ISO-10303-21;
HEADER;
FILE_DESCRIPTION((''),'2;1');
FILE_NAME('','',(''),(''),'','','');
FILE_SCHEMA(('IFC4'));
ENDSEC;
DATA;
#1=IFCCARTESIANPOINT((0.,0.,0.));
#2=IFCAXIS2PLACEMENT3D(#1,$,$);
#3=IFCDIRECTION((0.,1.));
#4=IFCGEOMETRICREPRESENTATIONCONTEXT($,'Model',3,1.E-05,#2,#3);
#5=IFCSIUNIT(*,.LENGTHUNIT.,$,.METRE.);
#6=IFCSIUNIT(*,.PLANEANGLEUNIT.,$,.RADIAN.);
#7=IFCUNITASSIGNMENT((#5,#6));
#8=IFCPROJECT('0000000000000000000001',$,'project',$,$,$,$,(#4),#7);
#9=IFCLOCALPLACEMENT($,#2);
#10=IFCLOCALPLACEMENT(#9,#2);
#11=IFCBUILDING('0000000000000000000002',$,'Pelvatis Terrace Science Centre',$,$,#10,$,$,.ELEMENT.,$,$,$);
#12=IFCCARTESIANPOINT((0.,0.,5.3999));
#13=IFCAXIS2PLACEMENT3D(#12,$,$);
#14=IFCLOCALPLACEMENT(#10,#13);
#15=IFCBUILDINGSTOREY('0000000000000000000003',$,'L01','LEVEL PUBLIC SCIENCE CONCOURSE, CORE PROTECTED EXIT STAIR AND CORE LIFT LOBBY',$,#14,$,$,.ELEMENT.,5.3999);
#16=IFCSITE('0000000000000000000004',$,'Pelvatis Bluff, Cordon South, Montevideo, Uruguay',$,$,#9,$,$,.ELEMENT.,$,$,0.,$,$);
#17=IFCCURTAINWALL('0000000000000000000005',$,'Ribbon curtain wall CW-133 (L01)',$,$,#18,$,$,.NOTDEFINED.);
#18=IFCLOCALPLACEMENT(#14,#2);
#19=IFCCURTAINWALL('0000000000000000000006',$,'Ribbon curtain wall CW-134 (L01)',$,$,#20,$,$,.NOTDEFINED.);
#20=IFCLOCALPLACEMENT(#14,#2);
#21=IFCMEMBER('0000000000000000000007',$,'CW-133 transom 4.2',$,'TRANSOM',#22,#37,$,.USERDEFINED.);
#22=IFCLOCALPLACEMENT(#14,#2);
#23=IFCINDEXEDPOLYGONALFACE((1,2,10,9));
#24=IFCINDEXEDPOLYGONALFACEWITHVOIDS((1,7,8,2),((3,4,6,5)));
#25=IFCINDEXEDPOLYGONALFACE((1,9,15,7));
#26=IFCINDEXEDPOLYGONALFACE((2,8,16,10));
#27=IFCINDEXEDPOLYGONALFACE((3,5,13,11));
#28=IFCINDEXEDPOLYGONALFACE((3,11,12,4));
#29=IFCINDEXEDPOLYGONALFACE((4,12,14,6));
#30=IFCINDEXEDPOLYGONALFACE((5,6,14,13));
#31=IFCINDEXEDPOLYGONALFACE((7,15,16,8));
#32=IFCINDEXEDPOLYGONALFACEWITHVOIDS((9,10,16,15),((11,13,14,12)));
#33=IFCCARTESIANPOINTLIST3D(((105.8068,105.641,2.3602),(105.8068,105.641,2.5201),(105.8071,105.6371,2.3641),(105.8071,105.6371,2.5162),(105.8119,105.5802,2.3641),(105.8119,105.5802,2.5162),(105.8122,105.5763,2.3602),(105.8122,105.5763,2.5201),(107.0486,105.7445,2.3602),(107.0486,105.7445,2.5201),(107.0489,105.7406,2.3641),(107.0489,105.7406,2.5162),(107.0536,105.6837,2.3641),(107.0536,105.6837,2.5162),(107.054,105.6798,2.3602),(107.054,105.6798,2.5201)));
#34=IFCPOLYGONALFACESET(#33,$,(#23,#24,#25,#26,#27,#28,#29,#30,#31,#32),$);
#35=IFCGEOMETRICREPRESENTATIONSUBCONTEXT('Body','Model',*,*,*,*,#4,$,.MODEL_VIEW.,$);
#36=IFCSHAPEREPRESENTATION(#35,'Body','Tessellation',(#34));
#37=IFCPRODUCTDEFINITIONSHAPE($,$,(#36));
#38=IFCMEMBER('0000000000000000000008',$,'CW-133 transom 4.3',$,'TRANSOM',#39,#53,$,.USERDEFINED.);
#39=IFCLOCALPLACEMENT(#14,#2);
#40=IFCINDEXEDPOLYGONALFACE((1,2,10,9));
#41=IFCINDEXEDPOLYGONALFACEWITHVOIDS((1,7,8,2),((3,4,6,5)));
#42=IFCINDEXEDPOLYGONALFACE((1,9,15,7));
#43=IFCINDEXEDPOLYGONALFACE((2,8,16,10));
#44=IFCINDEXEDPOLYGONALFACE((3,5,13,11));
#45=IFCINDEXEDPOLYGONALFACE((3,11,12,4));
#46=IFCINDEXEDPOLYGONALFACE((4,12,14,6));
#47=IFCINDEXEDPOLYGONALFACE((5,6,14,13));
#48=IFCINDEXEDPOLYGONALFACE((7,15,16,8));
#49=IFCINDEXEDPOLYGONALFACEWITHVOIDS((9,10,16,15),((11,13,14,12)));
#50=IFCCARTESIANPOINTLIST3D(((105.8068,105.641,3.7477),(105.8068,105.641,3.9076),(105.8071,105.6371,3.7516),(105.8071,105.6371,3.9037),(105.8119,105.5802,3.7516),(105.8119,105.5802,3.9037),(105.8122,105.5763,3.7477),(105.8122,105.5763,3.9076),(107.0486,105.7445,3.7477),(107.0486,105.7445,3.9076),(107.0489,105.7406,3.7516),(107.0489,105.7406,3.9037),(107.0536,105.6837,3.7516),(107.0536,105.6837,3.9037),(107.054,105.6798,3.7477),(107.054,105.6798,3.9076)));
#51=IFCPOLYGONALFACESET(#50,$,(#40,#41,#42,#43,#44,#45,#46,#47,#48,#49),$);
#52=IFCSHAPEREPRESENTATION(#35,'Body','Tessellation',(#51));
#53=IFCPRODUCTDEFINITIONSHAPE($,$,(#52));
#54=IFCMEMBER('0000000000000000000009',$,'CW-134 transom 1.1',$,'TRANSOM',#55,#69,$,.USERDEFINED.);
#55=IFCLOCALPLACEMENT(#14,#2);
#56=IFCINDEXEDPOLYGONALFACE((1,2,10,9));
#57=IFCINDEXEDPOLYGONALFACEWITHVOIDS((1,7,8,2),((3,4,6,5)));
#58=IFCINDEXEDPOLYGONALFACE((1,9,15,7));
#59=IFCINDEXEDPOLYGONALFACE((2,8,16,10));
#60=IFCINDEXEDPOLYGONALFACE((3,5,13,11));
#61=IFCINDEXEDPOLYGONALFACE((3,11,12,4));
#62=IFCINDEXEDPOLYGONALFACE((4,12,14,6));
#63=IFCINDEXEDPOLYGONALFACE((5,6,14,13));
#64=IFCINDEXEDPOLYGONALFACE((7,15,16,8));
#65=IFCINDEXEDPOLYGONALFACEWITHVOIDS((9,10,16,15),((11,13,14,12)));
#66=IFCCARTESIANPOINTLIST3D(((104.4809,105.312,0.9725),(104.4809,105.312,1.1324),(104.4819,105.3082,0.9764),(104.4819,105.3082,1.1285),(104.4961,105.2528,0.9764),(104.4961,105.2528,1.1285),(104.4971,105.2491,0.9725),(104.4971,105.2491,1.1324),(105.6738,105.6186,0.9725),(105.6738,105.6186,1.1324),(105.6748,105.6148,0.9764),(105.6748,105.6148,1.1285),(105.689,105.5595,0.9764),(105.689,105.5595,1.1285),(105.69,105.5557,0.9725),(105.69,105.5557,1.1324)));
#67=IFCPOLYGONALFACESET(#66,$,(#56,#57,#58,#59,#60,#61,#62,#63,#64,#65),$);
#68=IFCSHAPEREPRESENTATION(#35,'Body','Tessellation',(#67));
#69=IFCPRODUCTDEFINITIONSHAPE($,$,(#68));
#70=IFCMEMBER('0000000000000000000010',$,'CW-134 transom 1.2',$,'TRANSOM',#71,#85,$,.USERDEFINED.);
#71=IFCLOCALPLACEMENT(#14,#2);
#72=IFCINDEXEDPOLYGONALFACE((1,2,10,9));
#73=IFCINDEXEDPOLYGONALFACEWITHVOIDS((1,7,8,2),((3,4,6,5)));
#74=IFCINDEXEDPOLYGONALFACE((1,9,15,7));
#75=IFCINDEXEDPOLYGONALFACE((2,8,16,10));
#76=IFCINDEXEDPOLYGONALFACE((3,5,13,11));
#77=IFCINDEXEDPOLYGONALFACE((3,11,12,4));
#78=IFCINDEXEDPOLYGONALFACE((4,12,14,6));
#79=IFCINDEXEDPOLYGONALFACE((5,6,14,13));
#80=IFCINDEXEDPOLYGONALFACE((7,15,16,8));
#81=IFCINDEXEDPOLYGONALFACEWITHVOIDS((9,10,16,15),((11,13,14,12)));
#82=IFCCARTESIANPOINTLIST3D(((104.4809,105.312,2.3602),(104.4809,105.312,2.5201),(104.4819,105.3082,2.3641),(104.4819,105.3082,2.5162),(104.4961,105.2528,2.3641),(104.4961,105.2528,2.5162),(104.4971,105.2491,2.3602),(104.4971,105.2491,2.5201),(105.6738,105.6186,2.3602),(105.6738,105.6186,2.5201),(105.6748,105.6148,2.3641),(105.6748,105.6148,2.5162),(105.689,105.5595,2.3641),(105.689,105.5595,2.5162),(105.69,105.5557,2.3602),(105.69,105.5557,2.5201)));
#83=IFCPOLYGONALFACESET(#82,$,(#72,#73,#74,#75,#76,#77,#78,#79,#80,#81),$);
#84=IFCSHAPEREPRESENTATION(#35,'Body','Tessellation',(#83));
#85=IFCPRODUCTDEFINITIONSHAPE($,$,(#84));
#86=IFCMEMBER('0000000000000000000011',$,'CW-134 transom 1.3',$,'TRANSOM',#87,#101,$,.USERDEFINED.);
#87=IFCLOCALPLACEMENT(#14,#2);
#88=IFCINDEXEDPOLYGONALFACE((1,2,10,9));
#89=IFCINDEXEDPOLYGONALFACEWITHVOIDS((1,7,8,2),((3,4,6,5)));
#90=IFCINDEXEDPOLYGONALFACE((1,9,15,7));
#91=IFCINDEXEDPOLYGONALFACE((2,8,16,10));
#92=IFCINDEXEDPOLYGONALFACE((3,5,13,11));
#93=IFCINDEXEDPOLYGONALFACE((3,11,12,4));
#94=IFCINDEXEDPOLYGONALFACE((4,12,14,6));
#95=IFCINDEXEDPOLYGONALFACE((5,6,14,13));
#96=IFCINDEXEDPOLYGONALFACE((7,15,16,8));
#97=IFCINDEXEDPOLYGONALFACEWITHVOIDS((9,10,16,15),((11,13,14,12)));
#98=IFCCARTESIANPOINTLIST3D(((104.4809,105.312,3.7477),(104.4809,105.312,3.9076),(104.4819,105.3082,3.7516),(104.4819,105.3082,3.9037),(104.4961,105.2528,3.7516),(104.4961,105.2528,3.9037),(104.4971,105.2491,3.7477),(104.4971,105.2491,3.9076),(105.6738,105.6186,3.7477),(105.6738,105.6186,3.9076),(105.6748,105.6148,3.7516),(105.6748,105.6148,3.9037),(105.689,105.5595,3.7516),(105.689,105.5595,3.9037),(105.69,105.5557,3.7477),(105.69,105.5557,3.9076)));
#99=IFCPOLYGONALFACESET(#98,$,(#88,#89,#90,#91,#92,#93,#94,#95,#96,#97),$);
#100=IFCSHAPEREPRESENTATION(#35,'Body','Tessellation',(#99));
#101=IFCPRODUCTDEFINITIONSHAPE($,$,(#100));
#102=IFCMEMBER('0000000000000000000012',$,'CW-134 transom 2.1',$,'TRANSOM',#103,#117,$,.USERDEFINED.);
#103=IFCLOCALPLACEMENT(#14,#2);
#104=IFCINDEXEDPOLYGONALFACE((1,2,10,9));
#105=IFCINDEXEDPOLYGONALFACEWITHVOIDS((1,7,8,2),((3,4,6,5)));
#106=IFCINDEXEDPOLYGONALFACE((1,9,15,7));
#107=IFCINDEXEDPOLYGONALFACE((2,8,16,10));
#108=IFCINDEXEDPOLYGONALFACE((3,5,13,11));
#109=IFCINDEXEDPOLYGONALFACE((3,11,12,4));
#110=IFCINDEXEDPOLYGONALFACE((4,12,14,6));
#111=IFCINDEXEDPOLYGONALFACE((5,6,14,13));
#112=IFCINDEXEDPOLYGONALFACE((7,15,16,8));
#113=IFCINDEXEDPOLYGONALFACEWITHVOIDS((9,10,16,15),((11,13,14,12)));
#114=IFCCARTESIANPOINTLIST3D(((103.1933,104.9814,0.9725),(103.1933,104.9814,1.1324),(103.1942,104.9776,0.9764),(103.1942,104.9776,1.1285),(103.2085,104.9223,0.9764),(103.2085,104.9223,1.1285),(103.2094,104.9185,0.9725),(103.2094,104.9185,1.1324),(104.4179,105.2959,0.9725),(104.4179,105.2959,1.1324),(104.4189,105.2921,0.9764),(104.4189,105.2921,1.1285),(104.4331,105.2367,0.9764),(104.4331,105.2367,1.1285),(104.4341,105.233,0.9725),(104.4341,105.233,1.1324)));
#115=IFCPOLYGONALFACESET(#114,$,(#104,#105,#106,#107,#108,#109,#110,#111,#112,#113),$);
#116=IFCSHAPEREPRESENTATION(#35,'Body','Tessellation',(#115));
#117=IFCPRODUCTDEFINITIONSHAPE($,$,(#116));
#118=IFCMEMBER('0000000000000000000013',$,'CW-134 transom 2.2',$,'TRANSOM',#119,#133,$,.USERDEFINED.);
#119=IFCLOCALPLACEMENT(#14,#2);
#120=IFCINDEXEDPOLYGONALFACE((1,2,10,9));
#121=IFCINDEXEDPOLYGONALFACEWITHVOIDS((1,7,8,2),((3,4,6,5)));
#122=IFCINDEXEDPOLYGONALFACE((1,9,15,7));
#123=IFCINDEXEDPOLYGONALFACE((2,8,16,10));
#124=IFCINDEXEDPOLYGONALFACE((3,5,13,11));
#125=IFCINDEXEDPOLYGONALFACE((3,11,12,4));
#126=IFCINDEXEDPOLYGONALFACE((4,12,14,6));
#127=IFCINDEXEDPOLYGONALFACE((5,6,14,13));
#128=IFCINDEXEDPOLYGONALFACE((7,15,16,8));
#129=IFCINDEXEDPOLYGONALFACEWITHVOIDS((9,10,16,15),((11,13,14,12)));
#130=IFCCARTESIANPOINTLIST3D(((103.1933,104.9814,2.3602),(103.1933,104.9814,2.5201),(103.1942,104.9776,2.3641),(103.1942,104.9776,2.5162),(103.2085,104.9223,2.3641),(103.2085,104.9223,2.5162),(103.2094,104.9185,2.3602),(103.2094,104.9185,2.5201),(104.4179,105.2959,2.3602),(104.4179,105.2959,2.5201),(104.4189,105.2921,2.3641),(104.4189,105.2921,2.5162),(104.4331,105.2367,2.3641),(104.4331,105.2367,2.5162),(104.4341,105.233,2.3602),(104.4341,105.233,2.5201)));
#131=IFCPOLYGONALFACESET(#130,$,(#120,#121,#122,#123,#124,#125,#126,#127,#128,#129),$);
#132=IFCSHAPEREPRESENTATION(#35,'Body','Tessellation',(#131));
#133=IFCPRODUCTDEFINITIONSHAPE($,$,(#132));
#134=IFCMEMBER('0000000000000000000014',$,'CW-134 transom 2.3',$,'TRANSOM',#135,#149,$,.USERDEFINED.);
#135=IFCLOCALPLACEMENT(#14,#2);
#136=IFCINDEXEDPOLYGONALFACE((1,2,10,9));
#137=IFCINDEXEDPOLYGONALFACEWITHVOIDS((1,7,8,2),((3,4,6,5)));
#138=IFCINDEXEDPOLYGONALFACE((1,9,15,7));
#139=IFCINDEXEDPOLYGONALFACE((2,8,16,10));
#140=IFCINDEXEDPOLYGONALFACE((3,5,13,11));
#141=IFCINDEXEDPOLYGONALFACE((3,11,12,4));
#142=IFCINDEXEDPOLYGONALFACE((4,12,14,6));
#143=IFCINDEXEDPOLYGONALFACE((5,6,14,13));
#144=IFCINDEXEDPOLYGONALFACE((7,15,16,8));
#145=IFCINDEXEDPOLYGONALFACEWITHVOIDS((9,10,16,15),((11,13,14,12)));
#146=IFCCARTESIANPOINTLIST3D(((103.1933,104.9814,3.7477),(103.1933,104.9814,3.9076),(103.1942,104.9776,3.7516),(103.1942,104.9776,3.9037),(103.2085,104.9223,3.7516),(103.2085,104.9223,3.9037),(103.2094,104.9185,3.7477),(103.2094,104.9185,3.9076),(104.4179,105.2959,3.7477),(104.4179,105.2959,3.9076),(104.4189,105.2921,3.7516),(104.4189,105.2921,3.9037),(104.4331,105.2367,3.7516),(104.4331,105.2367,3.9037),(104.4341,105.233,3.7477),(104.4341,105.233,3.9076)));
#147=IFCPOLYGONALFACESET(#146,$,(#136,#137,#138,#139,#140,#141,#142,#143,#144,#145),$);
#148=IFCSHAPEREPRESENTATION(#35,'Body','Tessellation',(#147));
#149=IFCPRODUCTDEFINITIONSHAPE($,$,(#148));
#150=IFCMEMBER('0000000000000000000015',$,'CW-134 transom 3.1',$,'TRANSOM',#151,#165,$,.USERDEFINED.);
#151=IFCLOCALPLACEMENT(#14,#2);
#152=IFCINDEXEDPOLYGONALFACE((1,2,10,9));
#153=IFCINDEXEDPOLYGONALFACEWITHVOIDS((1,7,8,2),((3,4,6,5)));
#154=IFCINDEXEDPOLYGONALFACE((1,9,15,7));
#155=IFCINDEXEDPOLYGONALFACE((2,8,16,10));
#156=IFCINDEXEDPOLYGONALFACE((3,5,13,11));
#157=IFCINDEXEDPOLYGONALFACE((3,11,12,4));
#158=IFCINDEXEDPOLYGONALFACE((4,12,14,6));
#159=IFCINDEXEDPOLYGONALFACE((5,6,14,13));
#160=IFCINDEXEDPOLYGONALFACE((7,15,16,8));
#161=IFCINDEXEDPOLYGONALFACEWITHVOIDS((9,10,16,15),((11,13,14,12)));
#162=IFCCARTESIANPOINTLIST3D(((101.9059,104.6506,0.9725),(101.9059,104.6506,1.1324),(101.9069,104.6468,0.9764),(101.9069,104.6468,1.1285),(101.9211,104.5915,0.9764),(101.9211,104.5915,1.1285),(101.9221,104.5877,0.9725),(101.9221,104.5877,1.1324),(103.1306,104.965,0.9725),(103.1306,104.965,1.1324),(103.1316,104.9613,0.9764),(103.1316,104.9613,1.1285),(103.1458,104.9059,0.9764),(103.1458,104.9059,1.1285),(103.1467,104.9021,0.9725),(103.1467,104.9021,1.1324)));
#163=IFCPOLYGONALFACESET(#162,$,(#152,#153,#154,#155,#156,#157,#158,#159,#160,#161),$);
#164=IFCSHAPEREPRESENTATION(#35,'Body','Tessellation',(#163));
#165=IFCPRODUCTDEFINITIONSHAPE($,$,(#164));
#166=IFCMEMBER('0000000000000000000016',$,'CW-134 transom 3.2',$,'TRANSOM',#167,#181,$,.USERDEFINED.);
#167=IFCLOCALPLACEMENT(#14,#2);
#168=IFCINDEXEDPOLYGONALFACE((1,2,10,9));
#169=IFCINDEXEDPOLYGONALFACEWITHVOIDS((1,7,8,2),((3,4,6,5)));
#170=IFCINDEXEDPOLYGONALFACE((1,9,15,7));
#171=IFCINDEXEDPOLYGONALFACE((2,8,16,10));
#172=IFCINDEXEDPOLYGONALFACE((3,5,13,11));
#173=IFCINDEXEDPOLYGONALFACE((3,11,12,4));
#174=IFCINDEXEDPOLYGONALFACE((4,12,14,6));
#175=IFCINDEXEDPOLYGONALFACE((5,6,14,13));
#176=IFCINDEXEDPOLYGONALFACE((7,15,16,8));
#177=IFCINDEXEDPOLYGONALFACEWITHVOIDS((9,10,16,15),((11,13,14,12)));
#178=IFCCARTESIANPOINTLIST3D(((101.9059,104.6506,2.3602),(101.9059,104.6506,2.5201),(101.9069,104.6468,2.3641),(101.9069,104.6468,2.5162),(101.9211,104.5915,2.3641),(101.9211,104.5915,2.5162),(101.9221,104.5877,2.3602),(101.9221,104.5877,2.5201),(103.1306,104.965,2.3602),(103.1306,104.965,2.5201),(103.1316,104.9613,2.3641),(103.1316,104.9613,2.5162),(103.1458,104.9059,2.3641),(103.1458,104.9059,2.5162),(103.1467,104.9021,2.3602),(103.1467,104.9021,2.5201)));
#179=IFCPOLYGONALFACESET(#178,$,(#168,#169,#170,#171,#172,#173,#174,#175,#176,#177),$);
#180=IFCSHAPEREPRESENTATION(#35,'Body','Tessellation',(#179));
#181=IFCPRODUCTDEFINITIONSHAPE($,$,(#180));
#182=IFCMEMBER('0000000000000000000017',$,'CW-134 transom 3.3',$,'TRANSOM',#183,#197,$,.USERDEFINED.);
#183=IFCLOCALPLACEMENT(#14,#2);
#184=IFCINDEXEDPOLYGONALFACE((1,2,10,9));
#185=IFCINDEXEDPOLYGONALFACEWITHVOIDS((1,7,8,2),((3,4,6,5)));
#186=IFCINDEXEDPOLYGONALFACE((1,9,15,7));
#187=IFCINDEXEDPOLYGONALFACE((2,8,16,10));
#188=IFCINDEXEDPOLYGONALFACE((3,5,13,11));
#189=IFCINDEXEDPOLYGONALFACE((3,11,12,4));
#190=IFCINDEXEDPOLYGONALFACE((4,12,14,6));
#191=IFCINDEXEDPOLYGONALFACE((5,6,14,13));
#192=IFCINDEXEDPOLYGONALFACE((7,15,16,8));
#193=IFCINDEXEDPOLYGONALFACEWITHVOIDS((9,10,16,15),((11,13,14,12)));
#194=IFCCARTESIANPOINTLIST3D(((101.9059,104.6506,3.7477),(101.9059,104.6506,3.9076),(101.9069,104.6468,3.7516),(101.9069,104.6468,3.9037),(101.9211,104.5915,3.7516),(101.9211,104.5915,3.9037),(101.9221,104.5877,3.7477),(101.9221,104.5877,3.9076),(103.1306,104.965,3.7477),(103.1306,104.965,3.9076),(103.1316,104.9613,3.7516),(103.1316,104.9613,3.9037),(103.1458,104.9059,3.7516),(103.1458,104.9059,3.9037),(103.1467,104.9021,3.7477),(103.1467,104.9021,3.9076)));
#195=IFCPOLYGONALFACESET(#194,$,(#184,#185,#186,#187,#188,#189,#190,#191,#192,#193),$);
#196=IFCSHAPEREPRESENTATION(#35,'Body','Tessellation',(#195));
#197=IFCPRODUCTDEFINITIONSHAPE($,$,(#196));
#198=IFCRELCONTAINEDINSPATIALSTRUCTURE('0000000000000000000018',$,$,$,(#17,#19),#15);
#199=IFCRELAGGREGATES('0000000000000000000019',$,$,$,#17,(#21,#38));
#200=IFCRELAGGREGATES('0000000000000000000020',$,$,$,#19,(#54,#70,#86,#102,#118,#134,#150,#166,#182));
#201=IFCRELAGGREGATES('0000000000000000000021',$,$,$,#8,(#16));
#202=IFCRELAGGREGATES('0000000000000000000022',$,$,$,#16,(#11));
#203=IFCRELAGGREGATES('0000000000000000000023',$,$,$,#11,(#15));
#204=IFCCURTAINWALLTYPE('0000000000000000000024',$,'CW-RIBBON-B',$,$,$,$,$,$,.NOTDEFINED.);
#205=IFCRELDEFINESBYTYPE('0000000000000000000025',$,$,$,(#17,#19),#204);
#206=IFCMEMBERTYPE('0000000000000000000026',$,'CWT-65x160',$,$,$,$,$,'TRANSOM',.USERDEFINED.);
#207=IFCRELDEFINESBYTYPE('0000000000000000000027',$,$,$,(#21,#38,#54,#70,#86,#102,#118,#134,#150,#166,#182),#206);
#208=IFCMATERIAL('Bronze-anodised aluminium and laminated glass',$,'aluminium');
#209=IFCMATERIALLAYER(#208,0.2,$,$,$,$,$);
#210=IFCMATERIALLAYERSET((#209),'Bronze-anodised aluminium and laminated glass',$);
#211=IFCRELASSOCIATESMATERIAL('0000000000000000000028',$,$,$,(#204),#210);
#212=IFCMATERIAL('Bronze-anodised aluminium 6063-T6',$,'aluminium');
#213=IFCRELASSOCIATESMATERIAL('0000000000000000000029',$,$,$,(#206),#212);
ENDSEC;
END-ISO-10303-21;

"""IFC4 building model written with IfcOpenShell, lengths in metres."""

from ifc_helpers import new_model, si_unit, direction, frame, origin, origin_2d, place, context, subcontext, project, spatial, hollow_rectangle, extrude, material, layer, layer_set, material_profile, profile_set, type_object, element, aggregate, save


model = new_model("IFC4")

# Units and contexts
model_context = context("Model", 3, precision=1e-05, world=origin(), true_north=direction((0.0, 1.0)))
body_context = subcontext(model_context, "Body", "Model", "MODEL_VIEW")
ifc_project = project(units=[si_unit("LENGTHUNIT", "METRE"), si_unit("PLANEANGLEUNIT", "RADIAN")], contexts=[model_context])

# Site, building, storey
site_placement = place(None, origin())
site = spatial("IfcSite", under=ifc_project, at=site_placement, Name="Pelvatis Bluff, Cordon South, Montevideo, Uruguay", CompositionType="ELEMENT", RefElevation=0.0)
building_placement = place(site_placement, origin())
building = spatial("IfcBuilding", under=site, at=building_placement, Name="Pelvatis Terrace Science Centre", CompositionType="ELEMENT")
storey_placement = place(building_placement, frame((0.0, 0.0, 5.3999)))
storey = spatial("IfcBuildingStorey", under=building, at=storey_placement, Name="L01", Description="LEVEL PUBLIC SCIENCE CONCOURSE, CORE PROTECTED EXIT STAIR AND CORE LIFT LOBBY", CompositionType="ELEMENT", Elevation=5.3999)

# Curtain walls
ifc_material_1 = material(Name="Bronze-anodised aluminium and laminated glass", Category="aluminium")
ifc_layer_1 = layer(ifc_material_1, 0.2)
ifc_layer_set_1 = layer_set([ifc_layer_1], Name="Bronze-anodised aluminium and laminated glass")
curtain_wall_type = type_object("IfcCurtainWallType", Name="CW-RIBBON-B", PredefinedType="NOTDEFINED", material=ifc_layer_set_1)
curtain_wall_1_placement = place(storey_placement, origin())
curtain_wall_1 = element("IfcCurtainWall", 1, at=curtain_wall_1_placement, inside=storey, type_object=curtain_wall_type, Name="Ribbon curtain wall CW-133 (L01)", PredefinedType="NOTDEFINED")
curtain_wall_2_placement = place(storey_placement, origin())
curtain_wall_2 = element("IfcCurtainWall", 2, at=curtain_wall_2_placement, inside=storey, type_object=curtain_wall_type, Name="Ribbon curtain wall CW-134 (L01)", PredefinedType="NOTDEFINED")

# Members
ifc_material_2 = material(Name="Bronze-anodised aluminium 6063-T6", Category="aluminium")
ifc_material_profile_1 = material_profile(ifc_material_2, hollow_rectangle(XDim=0.0649, YDim=0.1599, WallThickness=0.0039, at=origin_2d()), Name="ALU-TRN 65x160")
ifc_profile_set_1 = profile_set([ifc_material_profile_1], Name="Bronze-anodised aluminium 6063-T6")
member_type_1 = type_object("IfcMemberType", Name="CWT-65x160", ElementType="TRANSOM", PredefinedType="USERDEFINED", material=ifc_profile_set_1)
member_1_placement = place(storey_placement, frame((107.0513, 105.7122, 2.4402), z_axis=(-0.996543, -0.083078, 0.0), x_axis=(0.083078, -0.996543, 0.0)))
member_1 = element("IfcMember", 3, at=member_1_placement, type_object=member_type_1, Name="CW-133 transom 4.2", ObjectType="TRANSOM", PredefinedType="USERDEFINED", context=body_context, shape_type="SweptSolid", body=[
    extrude(hollow_rectangle(XDim=0.0649, YDim=0.1599, WallThickness=0.0039, at=origin_2d()), origin(), (0.0, 0.0, 1.0), 1.2461),
])
member_2_placement = place(storey_placement, frame((107.0513, 105.7122, 3.8276), z_axis=(-0.996543, -0.083078, 0.0), x_axis=(0.083078, -0.996543, 0.0)))
member_2 = element("IfcMember", 4, at=member_2_placement, type_object=member_type_1, Name="CW-133 transom 4.3", ObjectType="TRANSOM", PredefinedType="USERDEFINED", context=body_context, shape_type="SweptSolid", body=[
    extrude(hollow_rectangle(XDim=0.0649, YDim=0.1599, WallThickness=0.0039, at=origin_2d()), origin(), (0.0, 0.0, 1.0), 1.2461),
])
member_3_placement = place(storey_placement, frame((105.6819, 105.5872, 1.0525), z_axis=(-0.968512, -0.248967, 0.0), x_axis=(0.248967, -0.968512, 0.0)))
member_3 = element("IfcMember", 5, at=member_3_placement, type_object=member_type_1, Name="CW-134 transom 1.1", ObjectType="TRANSOM", PredefinedType="USERDEFINED", context=body_context, shape_type="SweptSolid", body=[
    extrude(hollow_rectangle(XDim=0.0649, YDim=0.1599, WallThickness=0.0039, at=origin_2d()), origin(), (0.0, 0.0, 1.0), 1.2317),
])
member_4_placement = place(storey_placement, frame((105.6819, 105.5872, 2.4402), z_axis=(-0.968512, -0.248967, 0.0), x_axis=(0.248967, -0.968512, 0.0)))
member_4 = element("IfcMember", 6, at=member_4_placement, type_object=member_type_1, Name="CW-134 transom 1.2", ObjectType="TRANSOM", PredefinedType="USERDEFINED", context=body_context, shape_type="SweptSolid", body=[
    extrude(hollow_rectangle(XDim=0.0649, YDim=0.1599, WallThickness=0.0039, at=origin_2d()), origin(), (0.0, 0.0, 1.0), 1.2317),
])
member_5_placement = place(storey_placement, frame((105.6819, 105.5872, 3.8276), z_axis=(-0.968512, -0.248967, 0.0), x_axis=(0.248967, -0.968512, 0.0)))
member_5 = element("IfcMember", 7, at=member_5_placement, type_object=member_type_1, Name="CW-134 transom 1.3", ObjectType="TRANSOM", PredefinedType="USERDEFINED", context=body_context, shape_type="SweptSolid", body=[
    extrude(hollow_rectangle(XDim=0.0649, YDim=0.1599, WallThickness=0.0039, at=origin_2d()), origin(), (0.0, 0.0, 1.0), 1.2317),
])
member_6_placement = place(storey_placement, frame((104.426, 105.2644, 1.0525), z_axis=(-0.968578, -0.24871, 0.0), x_axis=(0.24871, -0.968578, 0.0)))
member_6 = element("IfcMember", 8, at=member_6_placement, type_object=member_type_1, Name="CW-134 transom 2.1", ObjectType="TRANSOM", PredefinedType="USERDEFINED", context=body_context, shape_type="SweptSolid", body=[
    extrude(hollow_rectangle(XDim=0.0649, YDim=0.1599, WallThickness=0.0039, at=origin_2d()), origin(), (0.0, 0.0, 1.0), 1.2644),
])
member_7_placement = place(storey_placement, frame((104.426, 105.2644, 2.4402), z_axis=(-0.968578, -0.24871, 0.0), x_axis=(0.24871, -0.968578, 0.0)))
member_7 = element("IfcMember", 9, at=member_7_placement, type_object=member_type_1, Name="CW-134 transom 2.2", ObjectType="TRANSOM", PredefinedType="USERDEFINED", context=body_context, shape_type="SweptSolid", body=[
    extrude(hollow_rectangle(XDim=0.0649, YDim=0.1599, WallThickness=0.0039, at=origin_2d()), origin(), (0.0, 0.0, 1.0), 1.2644),
])
member_8_placement = place(storey_placement, frame((104.426, 105.2644, 3.8276), z_axis=(-0.968578, -0.24871, 0.0), x_axis=(0.24871, -0.968578, 0.0)))
member_8 = element("IfcMember", 10, at=member_8_placement, type_object=member_type_1, Name="CW-134 transom 2.3", ObjectType="TRANSOM", PredefinedType="USERDEFINED", context=body_context, shape_type="SweptSolid", body=[
    extrude(hollow_rectangle(XDim=0.0649, YDim=0.1599, WallThickness=0.0039, at=origin_2d()), origin(), (0.0, 0.0, 1.0), 1.2644),
])
member_9_placement = place(storey_placement, frame((103.1387, 104.9336, 1.0525), z_axis=(-0.968578, -0.24871, 0.0), x_axis=(0.24871, -0.968578, 0.0)))
member_9 = element("IfcMember", 11, at=member_9_placement, type_object=member_type_1, Name="CW-134 transom 3.1", ObjectType="TRANSOM", PredefinedType="USERDEFINED", context=body_context, shape_type="SweptSolid", body=[
    extrude(hollow_rectangle(XDim=0.0649, YDim=0.1599, WallThickness=0.0039, at=origin_2d()), origin(), (0.0, 0.0, 1.0), 1.2644),
])
member_10_placement = place(storey_placement, frame((103.1387, 104.9336, 2.4402), z_axis=(-0.968578, -0.24871, 0.0), x_axis=(0.24871, -0.968578, 0.0)))
member_10 = element("IfcMember", 12, at=member_10_placement, type_object=member_type_1, Name="CW-134 transom 3.2", ObjectType="TRANSOM", PredefinedType="USERDEFINED", context=body_context, shape_type="SweptSolid", body=[
    extrude(hollow_rectangle(XDim=0.0649, YDim=0.1599, WallThickness=0.0039, at=origin_2d()), origin(), (0.0, 0.0, 1.0), 1.2644),
])
member_11_placement = place(storey_placement, frame((103.1387, 104.9336, 3.8276), z_axis=(-0.968578, -0.24871, 0.0), x_axis=(0.24871, -0.968578, 0.0)))
member_11 = element("IfcMember", 13, at=member_11_placement, type_object=member_type_1, Name="CW-134 transom 3.3", ObjectType="TRANSOM", PredefinedType="USERDEFINED", context=body_context, shape_type="SweptSolid", body=[
    extrude(hollow_rectangle(XDim=0.0649, YDim=0.1599, WallThickness=0.0039, at=origin_2d()), origin(), (0.0, 0.0, 1.0), 1.2644),
])

aggregate(curtain_wall_1, [member_1, member_2])
aggregate(curtain_wall_2, [member_3, member_4, member_5, member_6, member_7, member_8, member_9, member_10, member_11])

save(model, "model.ifc")
